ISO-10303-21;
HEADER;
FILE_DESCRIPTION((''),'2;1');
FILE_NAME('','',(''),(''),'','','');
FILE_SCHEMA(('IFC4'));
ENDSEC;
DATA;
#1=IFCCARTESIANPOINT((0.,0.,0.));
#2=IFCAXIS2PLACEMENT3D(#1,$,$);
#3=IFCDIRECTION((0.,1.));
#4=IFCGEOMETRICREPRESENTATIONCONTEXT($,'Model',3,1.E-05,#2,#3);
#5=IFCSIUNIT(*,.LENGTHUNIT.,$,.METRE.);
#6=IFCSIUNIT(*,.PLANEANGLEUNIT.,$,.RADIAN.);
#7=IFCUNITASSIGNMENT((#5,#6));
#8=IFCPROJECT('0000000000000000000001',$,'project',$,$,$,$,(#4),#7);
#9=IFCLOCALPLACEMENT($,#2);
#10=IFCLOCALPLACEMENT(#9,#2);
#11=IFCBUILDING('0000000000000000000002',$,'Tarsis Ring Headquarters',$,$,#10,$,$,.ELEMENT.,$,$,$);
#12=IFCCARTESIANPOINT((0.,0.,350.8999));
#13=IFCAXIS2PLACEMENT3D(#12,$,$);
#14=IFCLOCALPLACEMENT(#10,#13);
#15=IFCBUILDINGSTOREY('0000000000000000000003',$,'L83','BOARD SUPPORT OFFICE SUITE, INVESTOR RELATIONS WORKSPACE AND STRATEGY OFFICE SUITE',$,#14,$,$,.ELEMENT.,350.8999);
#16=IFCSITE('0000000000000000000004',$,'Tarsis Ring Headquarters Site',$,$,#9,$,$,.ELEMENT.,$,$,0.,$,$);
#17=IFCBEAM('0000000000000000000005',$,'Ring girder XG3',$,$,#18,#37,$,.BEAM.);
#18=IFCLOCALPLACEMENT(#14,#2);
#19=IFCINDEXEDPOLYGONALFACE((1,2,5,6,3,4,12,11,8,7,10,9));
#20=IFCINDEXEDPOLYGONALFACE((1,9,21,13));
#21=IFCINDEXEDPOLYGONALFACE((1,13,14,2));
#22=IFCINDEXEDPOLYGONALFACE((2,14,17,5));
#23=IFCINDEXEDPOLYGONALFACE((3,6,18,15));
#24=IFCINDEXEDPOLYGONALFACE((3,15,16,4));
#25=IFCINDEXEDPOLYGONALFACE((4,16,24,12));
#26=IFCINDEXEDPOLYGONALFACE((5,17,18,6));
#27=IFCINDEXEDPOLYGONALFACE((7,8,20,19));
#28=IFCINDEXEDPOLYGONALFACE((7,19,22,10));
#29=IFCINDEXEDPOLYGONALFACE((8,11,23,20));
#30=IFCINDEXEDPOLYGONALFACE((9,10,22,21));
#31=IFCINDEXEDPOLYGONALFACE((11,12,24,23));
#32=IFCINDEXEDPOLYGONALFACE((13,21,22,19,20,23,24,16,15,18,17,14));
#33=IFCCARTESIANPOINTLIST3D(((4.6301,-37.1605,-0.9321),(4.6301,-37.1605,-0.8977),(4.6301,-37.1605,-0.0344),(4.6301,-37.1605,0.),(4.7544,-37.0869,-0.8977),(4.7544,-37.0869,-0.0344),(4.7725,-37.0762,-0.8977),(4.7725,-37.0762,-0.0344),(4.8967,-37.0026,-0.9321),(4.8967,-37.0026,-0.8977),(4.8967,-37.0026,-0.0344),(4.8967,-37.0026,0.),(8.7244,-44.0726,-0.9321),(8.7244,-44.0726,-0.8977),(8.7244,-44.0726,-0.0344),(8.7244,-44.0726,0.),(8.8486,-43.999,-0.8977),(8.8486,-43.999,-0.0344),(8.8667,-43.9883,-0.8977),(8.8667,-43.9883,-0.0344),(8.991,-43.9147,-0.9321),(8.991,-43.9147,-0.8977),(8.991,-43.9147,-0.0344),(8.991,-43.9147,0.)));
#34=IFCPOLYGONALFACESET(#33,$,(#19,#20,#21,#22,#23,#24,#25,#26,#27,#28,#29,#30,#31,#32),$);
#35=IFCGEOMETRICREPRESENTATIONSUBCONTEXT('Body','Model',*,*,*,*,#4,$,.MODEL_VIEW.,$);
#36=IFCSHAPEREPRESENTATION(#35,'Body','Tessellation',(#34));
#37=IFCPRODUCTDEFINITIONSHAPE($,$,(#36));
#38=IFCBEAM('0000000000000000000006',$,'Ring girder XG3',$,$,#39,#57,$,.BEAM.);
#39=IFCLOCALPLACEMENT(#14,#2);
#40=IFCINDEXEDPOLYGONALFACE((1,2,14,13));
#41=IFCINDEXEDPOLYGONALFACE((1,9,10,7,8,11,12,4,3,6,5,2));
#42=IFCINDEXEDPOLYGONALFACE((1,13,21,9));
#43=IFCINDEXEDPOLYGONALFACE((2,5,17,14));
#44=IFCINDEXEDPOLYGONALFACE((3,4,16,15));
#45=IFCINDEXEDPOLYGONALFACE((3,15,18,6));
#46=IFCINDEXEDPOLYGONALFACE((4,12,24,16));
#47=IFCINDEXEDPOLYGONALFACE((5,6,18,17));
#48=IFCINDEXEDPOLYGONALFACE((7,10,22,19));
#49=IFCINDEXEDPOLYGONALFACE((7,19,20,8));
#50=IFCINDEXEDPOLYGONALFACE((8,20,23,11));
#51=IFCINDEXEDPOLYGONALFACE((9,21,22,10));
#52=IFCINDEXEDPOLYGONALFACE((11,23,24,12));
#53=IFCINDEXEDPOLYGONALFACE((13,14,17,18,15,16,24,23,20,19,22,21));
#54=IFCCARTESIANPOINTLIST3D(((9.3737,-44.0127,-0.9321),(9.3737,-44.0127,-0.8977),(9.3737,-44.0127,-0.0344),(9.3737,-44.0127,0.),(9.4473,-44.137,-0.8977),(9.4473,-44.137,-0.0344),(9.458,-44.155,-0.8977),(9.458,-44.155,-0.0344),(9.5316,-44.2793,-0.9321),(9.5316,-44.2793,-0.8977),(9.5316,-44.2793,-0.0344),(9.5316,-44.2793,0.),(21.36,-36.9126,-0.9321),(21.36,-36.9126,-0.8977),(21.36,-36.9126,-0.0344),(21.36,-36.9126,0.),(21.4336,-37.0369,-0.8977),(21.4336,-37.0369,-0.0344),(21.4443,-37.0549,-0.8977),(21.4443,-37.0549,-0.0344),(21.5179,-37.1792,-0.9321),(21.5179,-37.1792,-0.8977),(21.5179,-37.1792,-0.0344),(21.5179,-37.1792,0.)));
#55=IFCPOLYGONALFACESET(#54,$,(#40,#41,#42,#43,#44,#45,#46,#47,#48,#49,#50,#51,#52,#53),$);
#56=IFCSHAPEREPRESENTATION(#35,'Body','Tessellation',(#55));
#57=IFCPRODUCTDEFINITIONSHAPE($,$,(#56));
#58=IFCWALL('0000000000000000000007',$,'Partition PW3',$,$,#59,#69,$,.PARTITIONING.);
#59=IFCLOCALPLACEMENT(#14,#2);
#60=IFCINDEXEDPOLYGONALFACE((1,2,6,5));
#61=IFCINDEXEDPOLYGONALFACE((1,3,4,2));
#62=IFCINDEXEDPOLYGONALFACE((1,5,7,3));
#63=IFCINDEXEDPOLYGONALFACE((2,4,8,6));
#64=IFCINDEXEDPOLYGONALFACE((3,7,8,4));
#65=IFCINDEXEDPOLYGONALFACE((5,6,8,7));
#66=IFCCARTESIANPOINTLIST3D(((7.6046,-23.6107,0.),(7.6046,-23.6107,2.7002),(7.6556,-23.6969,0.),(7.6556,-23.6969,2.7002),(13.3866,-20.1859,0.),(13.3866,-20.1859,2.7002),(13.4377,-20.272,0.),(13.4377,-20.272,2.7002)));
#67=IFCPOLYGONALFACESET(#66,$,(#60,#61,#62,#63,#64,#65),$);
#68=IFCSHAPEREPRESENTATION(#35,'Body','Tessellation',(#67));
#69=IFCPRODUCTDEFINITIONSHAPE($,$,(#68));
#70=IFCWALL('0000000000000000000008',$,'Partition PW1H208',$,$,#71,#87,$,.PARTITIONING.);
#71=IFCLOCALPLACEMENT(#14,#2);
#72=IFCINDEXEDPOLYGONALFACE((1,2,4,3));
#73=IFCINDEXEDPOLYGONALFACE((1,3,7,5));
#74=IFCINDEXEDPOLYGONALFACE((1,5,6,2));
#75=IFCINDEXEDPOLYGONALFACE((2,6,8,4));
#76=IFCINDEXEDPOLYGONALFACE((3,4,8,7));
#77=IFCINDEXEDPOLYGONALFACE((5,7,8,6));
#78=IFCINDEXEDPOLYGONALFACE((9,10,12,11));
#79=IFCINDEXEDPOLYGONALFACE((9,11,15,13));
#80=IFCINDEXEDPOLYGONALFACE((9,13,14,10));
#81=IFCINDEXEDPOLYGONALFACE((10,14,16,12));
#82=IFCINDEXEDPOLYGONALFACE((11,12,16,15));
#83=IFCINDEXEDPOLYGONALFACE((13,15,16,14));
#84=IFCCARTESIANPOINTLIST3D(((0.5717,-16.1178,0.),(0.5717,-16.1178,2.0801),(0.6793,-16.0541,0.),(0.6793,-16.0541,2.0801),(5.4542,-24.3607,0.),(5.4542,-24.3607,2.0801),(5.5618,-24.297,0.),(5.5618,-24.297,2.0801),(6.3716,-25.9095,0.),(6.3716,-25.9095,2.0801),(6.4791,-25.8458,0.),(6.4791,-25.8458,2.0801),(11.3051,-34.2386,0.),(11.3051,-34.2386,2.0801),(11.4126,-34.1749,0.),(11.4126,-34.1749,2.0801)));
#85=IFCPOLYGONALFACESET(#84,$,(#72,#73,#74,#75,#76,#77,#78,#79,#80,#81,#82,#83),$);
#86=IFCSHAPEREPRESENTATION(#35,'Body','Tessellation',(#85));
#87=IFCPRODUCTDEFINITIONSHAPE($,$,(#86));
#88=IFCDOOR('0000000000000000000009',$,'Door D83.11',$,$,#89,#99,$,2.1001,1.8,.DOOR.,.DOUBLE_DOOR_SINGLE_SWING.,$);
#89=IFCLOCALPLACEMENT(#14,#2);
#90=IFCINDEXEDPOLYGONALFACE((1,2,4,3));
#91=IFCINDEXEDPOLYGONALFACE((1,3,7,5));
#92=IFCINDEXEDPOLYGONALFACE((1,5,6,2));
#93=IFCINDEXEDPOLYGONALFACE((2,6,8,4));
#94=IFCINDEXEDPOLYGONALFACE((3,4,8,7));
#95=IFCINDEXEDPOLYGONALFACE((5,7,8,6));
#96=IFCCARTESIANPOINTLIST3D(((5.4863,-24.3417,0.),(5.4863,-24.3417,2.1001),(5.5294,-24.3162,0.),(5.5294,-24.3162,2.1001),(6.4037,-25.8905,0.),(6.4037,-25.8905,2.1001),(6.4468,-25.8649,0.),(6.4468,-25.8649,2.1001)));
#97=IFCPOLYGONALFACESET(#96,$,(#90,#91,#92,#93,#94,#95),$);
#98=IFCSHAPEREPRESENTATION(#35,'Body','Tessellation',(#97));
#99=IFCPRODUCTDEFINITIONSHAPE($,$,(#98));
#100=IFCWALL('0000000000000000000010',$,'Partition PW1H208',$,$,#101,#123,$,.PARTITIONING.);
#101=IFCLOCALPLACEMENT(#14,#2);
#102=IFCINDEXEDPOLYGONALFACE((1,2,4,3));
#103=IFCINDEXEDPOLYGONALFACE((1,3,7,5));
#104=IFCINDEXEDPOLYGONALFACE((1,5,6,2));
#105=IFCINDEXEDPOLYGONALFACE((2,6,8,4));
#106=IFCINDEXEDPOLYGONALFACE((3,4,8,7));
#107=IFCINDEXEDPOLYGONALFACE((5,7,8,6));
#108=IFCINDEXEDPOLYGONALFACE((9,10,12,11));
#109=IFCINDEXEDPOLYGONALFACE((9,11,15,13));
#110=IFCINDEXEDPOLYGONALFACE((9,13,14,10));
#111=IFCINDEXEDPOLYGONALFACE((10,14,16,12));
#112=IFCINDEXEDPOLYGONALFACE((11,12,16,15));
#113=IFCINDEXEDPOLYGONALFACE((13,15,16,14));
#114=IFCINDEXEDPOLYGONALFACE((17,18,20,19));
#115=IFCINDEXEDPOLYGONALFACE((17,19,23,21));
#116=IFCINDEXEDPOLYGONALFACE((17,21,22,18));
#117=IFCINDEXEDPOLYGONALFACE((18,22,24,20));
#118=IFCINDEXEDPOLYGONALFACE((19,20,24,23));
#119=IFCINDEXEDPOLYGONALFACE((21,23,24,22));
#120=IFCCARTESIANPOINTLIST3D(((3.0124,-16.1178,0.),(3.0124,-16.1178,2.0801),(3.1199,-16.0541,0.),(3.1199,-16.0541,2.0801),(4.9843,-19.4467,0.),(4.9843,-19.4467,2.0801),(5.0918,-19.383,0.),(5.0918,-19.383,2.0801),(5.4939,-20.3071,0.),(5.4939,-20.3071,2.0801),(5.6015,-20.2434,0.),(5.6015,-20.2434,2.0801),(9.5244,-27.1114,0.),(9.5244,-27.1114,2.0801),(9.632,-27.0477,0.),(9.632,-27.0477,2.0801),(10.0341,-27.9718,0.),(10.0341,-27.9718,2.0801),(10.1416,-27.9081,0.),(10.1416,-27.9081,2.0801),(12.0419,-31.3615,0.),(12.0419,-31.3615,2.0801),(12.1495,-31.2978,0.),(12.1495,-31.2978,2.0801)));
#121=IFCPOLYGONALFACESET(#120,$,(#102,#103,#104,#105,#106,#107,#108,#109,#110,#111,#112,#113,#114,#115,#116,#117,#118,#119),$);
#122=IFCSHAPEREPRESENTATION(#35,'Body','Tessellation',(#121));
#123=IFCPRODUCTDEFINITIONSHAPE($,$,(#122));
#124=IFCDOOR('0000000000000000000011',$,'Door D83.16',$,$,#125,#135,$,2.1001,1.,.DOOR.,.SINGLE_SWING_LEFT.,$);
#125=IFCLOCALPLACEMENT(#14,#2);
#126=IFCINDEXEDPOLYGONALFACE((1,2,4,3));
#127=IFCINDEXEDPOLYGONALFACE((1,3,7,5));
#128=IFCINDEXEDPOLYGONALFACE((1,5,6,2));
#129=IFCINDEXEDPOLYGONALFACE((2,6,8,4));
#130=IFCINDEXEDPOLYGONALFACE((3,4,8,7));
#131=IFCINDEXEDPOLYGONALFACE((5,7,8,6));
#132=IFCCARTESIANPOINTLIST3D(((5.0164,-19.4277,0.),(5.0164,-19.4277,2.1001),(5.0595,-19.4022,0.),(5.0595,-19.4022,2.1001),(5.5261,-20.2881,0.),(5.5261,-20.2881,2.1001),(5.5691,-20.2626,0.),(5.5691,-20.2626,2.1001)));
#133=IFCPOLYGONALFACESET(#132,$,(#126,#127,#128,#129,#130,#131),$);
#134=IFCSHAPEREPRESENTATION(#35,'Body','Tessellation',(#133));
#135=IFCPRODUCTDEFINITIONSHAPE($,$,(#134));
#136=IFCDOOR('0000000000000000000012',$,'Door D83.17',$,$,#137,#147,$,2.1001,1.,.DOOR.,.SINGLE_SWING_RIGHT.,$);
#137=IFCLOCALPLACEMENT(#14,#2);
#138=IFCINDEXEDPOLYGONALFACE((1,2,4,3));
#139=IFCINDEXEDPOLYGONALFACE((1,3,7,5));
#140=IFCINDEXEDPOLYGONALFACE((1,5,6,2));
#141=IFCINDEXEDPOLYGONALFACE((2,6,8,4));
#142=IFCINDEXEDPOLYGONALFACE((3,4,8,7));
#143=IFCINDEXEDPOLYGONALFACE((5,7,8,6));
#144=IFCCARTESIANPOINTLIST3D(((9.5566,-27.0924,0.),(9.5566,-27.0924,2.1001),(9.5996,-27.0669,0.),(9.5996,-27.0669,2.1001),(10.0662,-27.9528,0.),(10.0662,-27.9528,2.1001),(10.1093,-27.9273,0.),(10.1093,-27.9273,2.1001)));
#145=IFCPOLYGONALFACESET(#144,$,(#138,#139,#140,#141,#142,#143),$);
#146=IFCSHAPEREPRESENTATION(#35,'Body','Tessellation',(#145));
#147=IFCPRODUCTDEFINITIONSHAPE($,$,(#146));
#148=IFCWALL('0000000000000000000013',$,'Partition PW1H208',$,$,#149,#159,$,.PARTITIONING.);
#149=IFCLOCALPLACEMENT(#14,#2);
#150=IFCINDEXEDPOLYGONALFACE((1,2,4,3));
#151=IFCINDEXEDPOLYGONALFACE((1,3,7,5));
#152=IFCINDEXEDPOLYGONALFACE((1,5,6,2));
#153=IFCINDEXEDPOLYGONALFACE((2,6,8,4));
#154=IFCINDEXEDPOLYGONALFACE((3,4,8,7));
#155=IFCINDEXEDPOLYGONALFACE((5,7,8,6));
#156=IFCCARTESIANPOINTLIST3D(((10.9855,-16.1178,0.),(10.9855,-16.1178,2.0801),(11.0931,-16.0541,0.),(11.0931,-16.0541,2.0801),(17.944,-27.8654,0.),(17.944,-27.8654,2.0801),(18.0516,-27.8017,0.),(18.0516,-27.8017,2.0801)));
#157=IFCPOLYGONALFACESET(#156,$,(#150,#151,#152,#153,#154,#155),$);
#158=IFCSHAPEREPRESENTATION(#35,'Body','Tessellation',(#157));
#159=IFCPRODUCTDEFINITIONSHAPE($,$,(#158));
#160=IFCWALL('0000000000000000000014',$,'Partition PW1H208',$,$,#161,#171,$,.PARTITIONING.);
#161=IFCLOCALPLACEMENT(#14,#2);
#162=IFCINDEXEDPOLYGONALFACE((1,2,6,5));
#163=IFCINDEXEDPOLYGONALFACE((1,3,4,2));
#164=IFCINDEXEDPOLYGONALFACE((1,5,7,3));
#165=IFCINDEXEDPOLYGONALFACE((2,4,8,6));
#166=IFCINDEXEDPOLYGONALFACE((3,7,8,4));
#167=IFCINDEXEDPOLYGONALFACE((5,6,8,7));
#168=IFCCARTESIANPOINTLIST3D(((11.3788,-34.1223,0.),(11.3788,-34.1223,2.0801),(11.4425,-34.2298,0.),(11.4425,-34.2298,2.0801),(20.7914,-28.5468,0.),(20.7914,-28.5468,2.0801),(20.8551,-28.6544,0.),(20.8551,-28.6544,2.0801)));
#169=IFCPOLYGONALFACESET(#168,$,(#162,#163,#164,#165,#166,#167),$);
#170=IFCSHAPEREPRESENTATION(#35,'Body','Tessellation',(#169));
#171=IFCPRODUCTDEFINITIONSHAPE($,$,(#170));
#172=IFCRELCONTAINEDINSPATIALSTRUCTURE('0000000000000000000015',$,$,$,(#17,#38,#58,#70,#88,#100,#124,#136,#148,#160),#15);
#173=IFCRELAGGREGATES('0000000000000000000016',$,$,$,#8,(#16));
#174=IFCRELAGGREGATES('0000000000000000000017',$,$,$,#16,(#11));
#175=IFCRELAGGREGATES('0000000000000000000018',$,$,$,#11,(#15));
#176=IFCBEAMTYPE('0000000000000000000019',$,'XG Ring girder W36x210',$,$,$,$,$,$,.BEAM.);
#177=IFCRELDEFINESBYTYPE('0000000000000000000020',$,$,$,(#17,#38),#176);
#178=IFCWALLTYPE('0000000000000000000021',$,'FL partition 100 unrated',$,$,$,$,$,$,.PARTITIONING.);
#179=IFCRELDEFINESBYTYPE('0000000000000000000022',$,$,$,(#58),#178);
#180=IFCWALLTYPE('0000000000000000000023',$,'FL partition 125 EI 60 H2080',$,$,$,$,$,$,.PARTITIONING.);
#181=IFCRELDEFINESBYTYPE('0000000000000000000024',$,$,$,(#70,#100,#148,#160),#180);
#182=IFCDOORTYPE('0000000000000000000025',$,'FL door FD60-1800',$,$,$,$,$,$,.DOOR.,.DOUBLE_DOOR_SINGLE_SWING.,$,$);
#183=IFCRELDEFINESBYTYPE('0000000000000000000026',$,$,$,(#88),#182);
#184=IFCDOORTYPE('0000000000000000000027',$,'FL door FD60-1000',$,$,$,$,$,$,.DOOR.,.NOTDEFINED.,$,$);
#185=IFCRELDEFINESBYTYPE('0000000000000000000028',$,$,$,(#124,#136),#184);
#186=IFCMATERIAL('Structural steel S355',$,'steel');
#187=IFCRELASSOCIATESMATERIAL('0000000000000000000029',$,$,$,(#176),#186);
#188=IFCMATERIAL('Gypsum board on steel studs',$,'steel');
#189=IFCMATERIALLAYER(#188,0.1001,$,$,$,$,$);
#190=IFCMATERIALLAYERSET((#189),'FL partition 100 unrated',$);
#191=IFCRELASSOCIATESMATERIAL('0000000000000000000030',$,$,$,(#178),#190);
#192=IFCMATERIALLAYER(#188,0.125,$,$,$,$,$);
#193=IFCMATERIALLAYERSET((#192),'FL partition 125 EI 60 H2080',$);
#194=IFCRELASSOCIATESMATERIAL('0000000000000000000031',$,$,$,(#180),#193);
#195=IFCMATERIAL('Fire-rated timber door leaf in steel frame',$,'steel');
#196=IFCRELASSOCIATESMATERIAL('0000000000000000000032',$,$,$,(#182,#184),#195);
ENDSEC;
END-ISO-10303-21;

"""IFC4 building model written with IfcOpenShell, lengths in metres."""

from ifc_helpers import new_model, si_unit, direction, frame, frame_2d, origin, origin_2d, place, context, subcontext, project, spatial, rectangle, i_section, extrude, material, layer, layer_set, material_profile, profile_set, type_object, element, fill, save


model = new_model("IFC4")

# Units and contexts
model_context = context("Model", 3, precision=1e-05, world=origin(), true_north=direction((0.0, 1.0)))
body_context = subcontext(model_context, "Body", "Model", "MODEL_VIEW")
ifc_project = project(units=[si_unit("LENGTHUNIT", "METRE"), si_unit("PLANEANGLEUNIT", "RADIAN")], contexts=[model_context])

# Site, building, storey
site_placement = place(None, origin())
site = spatial("IfcSite", under=ifc_project, at=site_placement, Name="Tarsis Ring Headquarters Site", CompositionType="ELEMENT", RefElevation=0.0)
building_placement = place(site_placement, origin())
building = spatial("IfcBuilding", under=site, at=building_placement, Name="Tarsis Ring Headquarters", CompositionType="ELEMENT")
storey_placement = place(building_placement, frame((0.0, 0.0, 350.8999)))
storey = spatial("IfcBuildingStorey", under=building, at=storey_placement, Name="L83", Description="BOARD SUPPORT OFFICE SUITE, INVESTOR RELATIONS WORKSPACE AND STRATEGY OFFICE SUITE", CompositionType="ELEMENT", Elevation=350.8999)

# Shared definitions
ifc_material_1 = material(Name="Structural steel S355", Category="steel")

# Beams
ifc_material_profile_1 = material_profile(ifc_material_1, i_section(OverallWidth=0.3098, OverallDepth=0.9321, WebThickness=0.021, FlangeThickness=0.0344, at=origin_2d()), Name="W36x210")
ifc_profile_set_1 = profile_set([ifc_material_profile_1], Name="Structural steel S355")
beam_type_1 = type_object("IfcBeamType", Name="XG Ring girder W36x210", PredefinedType="BEAM", material=ifc_profile_set_1)
for number, where, z_axis, x_axis, name in (
    (1, (4.7634, -37.0815, -0.4661), (0.509634, -0.860391, 0.0), (0.860391, 0.509634, 0.0), "Ring girder XG3"),
):
    element("IfcBeam", number, at=place(storey_placement, frame(where, z_axis=z_axis, x_axis=x_axis)), inside=storey, type_object=beam_type_1, Name=name, PredefinedType="BEAM", context=body_context, shape_type="SweptSolid", body=[
        extrude(i_section(OverallWidth=0.3098, OverallDepth=0.9321, WebThickness=0.021, FlangeThickness=0.0344, at=origin_2d()), origin(), (0.0, 0.0, 1.0), 8.0337),
    ])
beam_1_placement = place(storey_placement, frame((9.4526, -44.146, -0.4661), z_axis=(0.860383, 0.509648, 0.0), x_axis=(-0.509648, 0.860383, 0.0)))
element("IfcBeam", 2, at=beam_1_placement, inside=storey, type_object=beam_type_1, Name="Ring girder XG3", PredefinedType="BEAM", context=body_context, shape_type="SweptSolid", body=[
    extrude(i_section(OverallWidth=0.3098, OverallDepth=0.9321, WebThickness=0.021, FlangeThickness=0.0344, at=origin_2d()), origin(), (0.0, 0.0, 1.0), 13.9314),
])

# Wall
ifc_material_2 = material(Name="Gypsum board on steel studs", Category="steel")
ifc_layer_1 = layer(ifc_material_2, 0.1001)
ifc_layer_set_1 = layer_set([ifc_layer_1], Name="FL partition 100 unrated")
wall_type_1 = type_object("IfcWallType", Name="FL partition 100 unrated", PredefinedType="PARTITIONING", material=ifc_layer_set_1)
wall_1_placement = place(storey_placement, frame((7.6301, -23.6538, 0.0), z_axis=(0.0, 0.0, 1.0), x_axis=(0.860393, 0.509631, 0.0)))
element("IfcWall", 3, at=wall_1_placement, inside=storey, type_object=wall_type_1, Name="Partition PW3", PredefinedType="PARTITIONING", context=body_context, shape_type="SweptSolid", body=[
    extrude(rectangle(XDim=6.7202, YDim=0.1001, at=frame_2d((3.3601, 0.0))), origin(), (0.0, 0.0, 1.0), 2.7002),
])

# Wall, opening, door
ifc_layer_2 = layer(ifc_material_2, 0.125)
ifc_layer_set_2 = layer_set([ifc_layer_2], Name="FL partition 125 EI 60 H2080")
wall_type_2 = type_object("IfcWallType", Name="FL partition 125 EI 60 H2080", PredefinedType="PARTITIONING", material=ifc_layer_set_2)
wall_2_placement = place(storey_placement, frame((0.6255, -16.0859, 0.0), z_axis=(0.0, 0.0, 1.0), x_axis=(0.509631, -0.860393, 0.0)))
wall_2 = element("IfcWall", 4, at=wall_2_placement, inside=storey, type_object=wall_type_2, Name="Partition PW1H208", PredefinedType="PARTITIONING", context=body_context, shape_type="SweptSolid", body=[
    extrude(rectangle(XDim=21.061, YDim=0.125, at=frame_2d((10.5305, 0.0))), origin(), (0.0, 0.0, 1.0), 2.0801),
])
opening_1_placement = place(wall_2_placement, frame((9.5806, 0.0, 0.0)))
opening_1 = element("IfcOpeningElement", 5, at=opening_1_placement, cuts=wall_2, PredefinedType="OPENING", context=body_context, shape_type="SweptSolid", body=[
    extrude(rectangle(XDim=1.8, YDim=2.1001, at=frame_2d((0.8999, 1.05))), frame((0.0, 0.0725, 0.0), z_axis=(0.0, -1.0, 0.0), x_axis=(1.0, 0.0, 0.0)), (0.0, 0.0, 1.0), 0.145),
])
ifc_material_3 = material(Name="Fire-rated timber door leaf in steel frame", Category="steel")
door_type_1 = type_object("IfcDoorType", Name="FL door FD60-1800", OperationType="DOUBLE_DOOR_SINGLE_SWING", PredefinedType="DOOR", material=ifc_material_3)
door_1_placement = place(opening_1_placement, origin())
door_1 = element("IfcDoor", 6, at=door_1_placement, inside=storey, type_object=door_type_1, Name="Door D83.11", OperationType="DOUBLE_DOOR_SINGLE_SWING", OverallHeight=2.1001, OverallWidth=1.8, PredefinedType="DOOR", context=body_context, shape_type="SweptSolid", body=[
    extrude(rectangle(XDim=1.8, YDim=2.1001, at=frame_2d((0.8999, 1.05))), frame((0.0, 0.0249, 0.0), z_axis=(0.0, -1.0, 0.0), x_axis=(1.0, 0.0, 0.0)), (0.0, 0.0, 1.0), 0.05),
])
fill(opening_1, door_1)

# Wall, openings, doors
wall_3_placement = place(storey_placement, frame((3.0662, -16.0859, 0.0), z_axis=(0.0, 0.0, 1.0), x_axis=(0.509646, -0.860384, 0.0)))
wall_3 = element("IfcWall", 7, at=wall_3_placement, inside=storey, type_object=wall_type_2, Name="Partition PW1H208", PredefinedType="PARTITIONING", context=body_context, shape_type="SweptSolid", body=[
    extrude(rectangle(XDim=17.7173, YDim=0.125, at=frame_2d((8.8586, 0.0))), origin(), (0.0, 0.0, 1.0), 2.0801),
])
opening_2_placement = place(wall_3_placement, frame((3.8691, 0.0, 0.0)))
opening_2 = element("IfcOpeningElement", 8, at=opening_2_placement, cuts=wall_3, PredefinedType="OPENING", context=body_context, shape_type="SweptSolid", body=[
    extrude(rectangle(XDim=1.0, YDim=2.1001, at=frame_2d((0.5, 1.05))), frame((0.0, 0.0725, 0.0), z_axis=(0.0, -1.0, 0.0), x_axis=(1.0, 0.0, 0.0)), (0.0, 0.0, 1.0), 0.145),
])
opening_3_placement = place(wall_3_placement, frame((12.7776, 0.0, 0.0)))
opening_3 = element("IfcOpeningElement", 9, at=opening_3_placement, cuts=wall_3, PredefinedType="OPENING", context=body_context, shape_type="SweptSolid", body=[
    extrude(rectangle(XDim=1.0, YDim=2.1001, at=frame_2d((0.5, 1.05))), frame((0.0, 0.0725, 0.0), z_axis=(0.0, -1.0, 0.0), x_axis=(1.0, 0.0, 0.0)), (0.0, 0.0, 1.0), 0.145),
])
door_type_2 = type_object("IfcDoorType", Name="FL door FD60-1000", OperationType="NOTDEFINED", PredefinedType="DOOR", material=ifc_material_3)
door_2_placement = place(opening_2_placement, origin())
door_2 = element("IfcDoor", 10, at=door_2_placement, inside=storey, type_object=door_type_2, Name="Door D83.16", OperationType="SINGLE_SWING_LEFT", OverallHeight=2.1001, OverallWidth=1.0, PredefinedType="DOOR", context=body_context, shape_type="SweptSolid", body=[
    extrude(rectangle(XDim=1.0, YDim=2.1001, at=frame_2d((0.5, 1.05))), frame((0.0, 0.0249, 0.0), z_axis=(0.0, -1.0, 0.0), x_axis=(1.0, 0.0, 0.0)), (0.0, 0.0, 1.0), 0.05),
])
fill(opening_2, door_2)
door_3_placement = place(opening_3_placement, origin())
door_3 = element("IfcDoor", 11, at=door_3_placement, inside=storey, type_object=door_type_2, Name="Door D83.17", OperationType="SINGLE_SWING_RIGHT", OverallHeight=2.1001, OverallWidth=1.0, PredefinedType="DOOR", context=body_context, shape_type="SweptSolid", body=[
    extrude(rectangle(XDim=1.0, YDim=2.1001, at=frame_2d((0.5, 1.05))), frame((0.0, 0.0249, 0.0), z_axis=(0.0, -1.0, 0.0), x_axis=(1.0, 0.0, 0.0)), (0.0, 0.0, 1.0), 0.05),
])
fill(opening_3, door_3)

# Walls
wall_4_placement = place(storey_placement, frame((11.0393, -16.0859, 0.0), z_axis=(0.0, 0.0, 1.0), x_axis=(0.509639, -0.860389, 0.0)))
element("IfcWall", 12, at=wall_4_placement, inside=storey, type_object=wall_type_2, Name="Partition PW1H208", PredefinedType="PARTITIONING", context=body_context, shape_type="SweptSolid", body=[
    extrude(rectangle(XDim=13.6538, YDim=0.125, at=frame_2d((6.8269, 0.0))), origin(), (0.0, 0.0, 1.0), 2.0801),
])
wall_5_placement = place(storey_placement, frame((11.4106, -34.176, 0.0), z_axis=(0.0, 0.0, 1.0), x_axis=(0.860388, 0.50964, 0.0)))
element("IfcWall", 13, at=wall_5_placement, inside=storey, type_object=wall_type_2, Name="Partition PW1H208", PredefinedType="PARTITIONING", context=body_context, shape_type="SweptSolid", body=[
    extrude(rectangle(XDim=10.9399, YDim=0.125, at=frame_2d((5.47, 0.0))), origin(), (0.0, 0.0, 1.0), 2.0801),
])

save(model, "model.ifc")
